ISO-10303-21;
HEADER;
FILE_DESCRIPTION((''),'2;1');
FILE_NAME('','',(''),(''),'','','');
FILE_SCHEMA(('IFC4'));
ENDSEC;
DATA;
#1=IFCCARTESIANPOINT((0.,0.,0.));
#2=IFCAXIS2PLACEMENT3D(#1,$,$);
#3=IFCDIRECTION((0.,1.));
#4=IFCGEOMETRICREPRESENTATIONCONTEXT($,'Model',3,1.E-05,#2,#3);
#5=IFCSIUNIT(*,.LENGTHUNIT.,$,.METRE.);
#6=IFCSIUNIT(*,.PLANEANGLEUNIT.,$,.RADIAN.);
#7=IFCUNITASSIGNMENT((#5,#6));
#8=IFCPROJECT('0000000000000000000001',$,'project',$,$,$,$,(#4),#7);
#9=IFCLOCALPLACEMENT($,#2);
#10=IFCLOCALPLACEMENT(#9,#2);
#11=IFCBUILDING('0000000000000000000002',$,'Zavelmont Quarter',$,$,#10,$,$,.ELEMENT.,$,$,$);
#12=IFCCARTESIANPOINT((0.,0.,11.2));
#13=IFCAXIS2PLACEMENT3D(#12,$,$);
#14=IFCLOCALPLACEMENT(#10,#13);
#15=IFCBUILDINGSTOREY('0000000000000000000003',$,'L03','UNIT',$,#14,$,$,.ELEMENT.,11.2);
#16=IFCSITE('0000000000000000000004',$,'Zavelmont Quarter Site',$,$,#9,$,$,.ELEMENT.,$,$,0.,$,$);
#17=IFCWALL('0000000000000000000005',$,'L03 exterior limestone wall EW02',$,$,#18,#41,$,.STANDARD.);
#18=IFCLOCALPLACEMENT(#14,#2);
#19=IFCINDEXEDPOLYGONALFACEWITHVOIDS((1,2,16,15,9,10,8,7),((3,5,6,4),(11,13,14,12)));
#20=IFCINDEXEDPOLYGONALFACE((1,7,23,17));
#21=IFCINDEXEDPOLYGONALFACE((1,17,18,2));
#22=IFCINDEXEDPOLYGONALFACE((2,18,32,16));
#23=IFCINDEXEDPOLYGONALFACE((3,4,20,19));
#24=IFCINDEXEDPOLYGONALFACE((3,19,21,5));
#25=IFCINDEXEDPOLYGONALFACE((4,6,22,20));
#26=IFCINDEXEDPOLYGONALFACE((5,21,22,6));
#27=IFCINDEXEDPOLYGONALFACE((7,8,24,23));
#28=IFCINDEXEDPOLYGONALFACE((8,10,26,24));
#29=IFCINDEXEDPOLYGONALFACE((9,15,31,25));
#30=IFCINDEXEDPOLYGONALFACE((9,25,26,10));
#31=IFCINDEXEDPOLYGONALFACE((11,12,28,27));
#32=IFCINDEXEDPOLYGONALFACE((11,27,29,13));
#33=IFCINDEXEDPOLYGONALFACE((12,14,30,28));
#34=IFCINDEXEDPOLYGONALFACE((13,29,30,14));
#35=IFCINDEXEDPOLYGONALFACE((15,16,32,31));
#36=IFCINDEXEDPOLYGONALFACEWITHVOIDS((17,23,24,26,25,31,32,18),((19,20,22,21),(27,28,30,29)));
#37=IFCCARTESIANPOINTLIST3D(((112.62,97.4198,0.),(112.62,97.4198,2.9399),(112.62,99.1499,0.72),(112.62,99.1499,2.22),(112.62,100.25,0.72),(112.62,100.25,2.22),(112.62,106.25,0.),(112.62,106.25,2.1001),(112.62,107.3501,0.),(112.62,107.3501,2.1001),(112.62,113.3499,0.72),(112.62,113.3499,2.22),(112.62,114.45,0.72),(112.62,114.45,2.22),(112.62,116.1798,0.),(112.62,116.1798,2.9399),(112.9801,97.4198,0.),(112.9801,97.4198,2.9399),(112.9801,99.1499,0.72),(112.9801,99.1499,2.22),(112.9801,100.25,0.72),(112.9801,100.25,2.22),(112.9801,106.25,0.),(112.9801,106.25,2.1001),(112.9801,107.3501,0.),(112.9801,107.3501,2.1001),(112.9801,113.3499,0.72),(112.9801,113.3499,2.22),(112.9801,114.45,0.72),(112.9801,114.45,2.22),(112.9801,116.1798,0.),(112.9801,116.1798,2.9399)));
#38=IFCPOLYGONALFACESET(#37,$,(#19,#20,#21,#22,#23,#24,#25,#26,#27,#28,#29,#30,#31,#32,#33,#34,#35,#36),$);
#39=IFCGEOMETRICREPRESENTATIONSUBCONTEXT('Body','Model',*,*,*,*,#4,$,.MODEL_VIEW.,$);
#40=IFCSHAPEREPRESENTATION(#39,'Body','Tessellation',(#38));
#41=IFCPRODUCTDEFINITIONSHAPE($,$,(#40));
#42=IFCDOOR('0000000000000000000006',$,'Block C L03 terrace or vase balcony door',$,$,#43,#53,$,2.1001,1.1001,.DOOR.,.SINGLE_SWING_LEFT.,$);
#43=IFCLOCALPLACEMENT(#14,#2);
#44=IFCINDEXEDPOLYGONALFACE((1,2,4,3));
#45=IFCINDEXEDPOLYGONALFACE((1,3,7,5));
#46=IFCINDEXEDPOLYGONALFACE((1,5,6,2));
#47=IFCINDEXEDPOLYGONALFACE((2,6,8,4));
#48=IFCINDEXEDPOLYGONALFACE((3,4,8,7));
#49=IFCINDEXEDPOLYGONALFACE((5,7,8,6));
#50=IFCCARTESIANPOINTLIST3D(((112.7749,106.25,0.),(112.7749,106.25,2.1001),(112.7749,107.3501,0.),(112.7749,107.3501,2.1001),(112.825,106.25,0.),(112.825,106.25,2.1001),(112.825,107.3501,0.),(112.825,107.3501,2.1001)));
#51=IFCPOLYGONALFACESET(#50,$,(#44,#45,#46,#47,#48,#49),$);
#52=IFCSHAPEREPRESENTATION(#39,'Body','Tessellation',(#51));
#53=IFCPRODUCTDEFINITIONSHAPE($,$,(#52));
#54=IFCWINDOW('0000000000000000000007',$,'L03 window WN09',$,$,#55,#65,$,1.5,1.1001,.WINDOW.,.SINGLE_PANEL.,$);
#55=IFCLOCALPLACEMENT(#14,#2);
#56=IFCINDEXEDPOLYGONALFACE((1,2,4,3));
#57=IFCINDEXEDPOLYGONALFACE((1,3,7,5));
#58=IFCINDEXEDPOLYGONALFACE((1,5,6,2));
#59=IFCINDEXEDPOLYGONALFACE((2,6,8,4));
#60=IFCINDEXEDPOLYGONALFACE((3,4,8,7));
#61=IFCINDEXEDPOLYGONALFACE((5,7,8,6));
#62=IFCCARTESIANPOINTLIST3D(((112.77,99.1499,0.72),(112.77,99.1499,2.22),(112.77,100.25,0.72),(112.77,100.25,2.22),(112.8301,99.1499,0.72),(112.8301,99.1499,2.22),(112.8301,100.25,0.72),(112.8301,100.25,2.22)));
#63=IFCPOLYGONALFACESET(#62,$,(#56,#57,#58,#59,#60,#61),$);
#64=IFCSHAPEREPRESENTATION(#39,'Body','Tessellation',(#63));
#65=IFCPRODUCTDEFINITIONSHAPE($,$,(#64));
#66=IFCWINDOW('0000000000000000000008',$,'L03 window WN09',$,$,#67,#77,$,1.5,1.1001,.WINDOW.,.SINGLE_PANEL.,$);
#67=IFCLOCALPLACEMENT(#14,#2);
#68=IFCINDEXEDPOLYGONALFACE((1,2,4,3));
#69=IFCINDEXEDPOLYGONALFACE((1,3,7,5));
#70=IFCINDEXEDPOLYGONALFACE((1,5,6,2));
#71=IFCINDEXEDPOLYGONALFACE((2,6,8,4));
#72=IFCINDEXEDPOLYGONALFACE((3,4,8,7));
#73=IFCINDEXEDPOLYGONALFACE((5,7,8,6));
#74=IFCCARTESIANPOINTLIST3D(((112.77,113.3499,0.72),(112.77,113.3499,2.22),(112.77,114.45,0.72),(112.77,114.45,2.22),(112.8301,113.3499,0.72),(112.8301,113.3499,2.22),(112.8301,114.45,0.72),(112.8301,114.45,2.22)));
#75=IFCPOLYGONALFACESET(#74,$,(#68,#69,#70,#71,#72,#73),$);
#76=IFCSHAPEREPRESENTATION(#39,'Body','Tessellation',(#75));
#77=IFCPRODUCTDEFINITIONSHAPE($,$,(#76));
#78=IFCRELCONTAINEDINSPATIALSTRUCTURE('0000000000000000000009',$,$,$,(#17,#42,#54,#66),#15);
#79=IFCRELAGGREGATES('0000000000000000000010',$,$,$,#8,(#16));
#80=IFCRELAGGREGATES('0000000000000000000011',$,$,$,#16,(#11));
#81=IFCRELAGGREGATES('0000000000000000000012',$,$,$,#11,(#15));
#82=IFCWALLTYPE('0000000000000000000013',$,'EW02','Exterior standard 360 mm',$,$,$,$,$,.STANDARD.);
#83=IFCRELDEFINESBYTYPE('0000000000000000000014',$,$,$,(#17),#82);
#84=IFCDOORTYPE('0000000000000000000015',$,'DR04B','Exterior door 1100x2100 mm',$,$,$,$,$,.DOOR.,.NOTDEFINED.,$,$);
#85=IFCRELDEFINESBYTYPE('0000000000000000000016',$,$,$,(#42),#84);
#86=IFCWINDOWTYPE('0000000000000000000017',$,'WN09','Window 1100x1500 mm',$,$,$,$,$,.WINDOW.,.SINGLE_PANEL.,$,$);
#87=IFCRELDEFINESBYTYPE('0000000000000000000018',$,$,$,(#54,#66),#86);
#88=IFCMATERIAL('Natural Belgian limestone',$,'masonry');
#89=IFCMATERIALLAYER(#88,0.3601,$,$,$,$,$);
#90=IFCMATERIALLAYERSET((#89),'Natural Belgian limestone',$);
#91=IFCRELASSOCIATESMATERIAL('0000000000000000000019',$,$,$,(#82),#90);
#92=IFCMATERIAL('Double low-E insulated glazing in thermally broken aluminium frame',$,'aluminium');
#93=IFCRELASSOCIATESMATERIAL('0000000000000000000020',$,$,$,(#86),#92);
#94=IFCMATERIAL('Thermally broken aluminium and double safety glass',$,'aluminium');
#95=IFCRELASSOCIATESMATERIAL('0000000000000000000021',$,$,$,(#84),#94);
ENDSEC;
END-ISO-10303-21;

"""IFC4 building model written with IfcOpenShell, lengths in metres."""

from ifc_helpers import new_model, si_unit, direction, frame, frame_2d, origin, origin_with_axes, place, context, subcontext, project, spatial, rectangle, extrude, material, layer, layer_set, type_object, element, fill, save


model = new_model("IFC4")

# Units and contexts
model_context = context("Model", 3, precision=1e-05, world=origin(), true_north=direction((0.0, 1.0)))
body_context = subcontext(model_context, "Body", "Model", "MODEL_VIEW")
ifc_project = project(units=[si_unit("LENGTHUNIT", "METRE"), si_unit("PLANEANGLEUNIT", "RADIAN")], contexts=[model_context])

# Site, building, storey
site_placement = place(None, origin())
site = spatial("IfcSite", under=ifc_project, at=site_placement, Name="Zavelmont Quarter Site", CompositionType="ELEMENT", RefElevation=0.0)
building_placement = place(site_placement, origin())
building = spatial("IfcBuilding", under=site, at=building_placement, Name="Zavelmont Quarter", CompositionType="ELEMENT")
storey_placement = place(building_placement, frame((0.0, 0.0, 11.2)))
storey = spatial("IfcBuildingStorey", under=building, at=storey_placement, Name="L03", Description="UNIT", CompositionType="ELEMENT", Elevation=11.2)

# Wall, openings, door, windows
ifc_material_1 = material(Name="Natural Belgian limestone", Category="masonry")
ifc_layer = layer(ifc_material_1, 0.3601)
ifc_layer_set = layer_set([ifc_layer], Name="Natural Belgian limestone")
wall_type = type_object("IfcWallType", Name="EW02", Description="Exterior standard 360 mm", PredefinedType="STANDARD", material=ifc_layer_set)
ifc_material_2 = material(Name="Thermally broken aluminium and double safety glass", Category="aluminium")
ifc_material_3 = material(Name="Double low-E insulated glazing in thermally broken aluminium frame", Category="aluminium")
window_type_1 = type_object("IfcWindowType", Name="WN09", Description="Window 1100x1500 mm", PartitioningType="SINGLE_PANEL", PredefinedType="WINDOW", material=ifc_material_3)
wall_1_placement = place(storey_placement, frame((112.8, 97.4199, 0.0), z_axis=(0.0, 0.0, 1.0), x_axis=(0.0, 1.0, 0.0)))
wall_1 = element("IfcWall", 1, at=wall_1_placement, inside=storey, type_object=wall_type, Name="L03 exterior limestone wall EW02", PredefinedType="STANDARD", context=body_context, shape_type="SweptSolid", body=[
    extrude(rectangle(XDim=18.76, YDim=0.3601, at=frame_2d((9.3799, 0.0))), origin(), (0.0, 0.0, 1.0), 2.9399),
])
opening_1_placement = place(wall_1_placement, frame((8.8301, 0.0, 0.0)))
opening_1 = element("IfcOpeningElement", 2, at=opening_1_placement, cuts=wall_1, PredefinedType="OPENING", context=body_context, shape_type="SweptSolid", body=[
    extrude(rectangle(XDim=1.1001, YDim=2.1001, at=frame_2d((0.55, 1.05))), frame((0.0, 0.1919, 0.0), z_axis=(0.0, -1.0, 0.0), x_axis=(1.0, 0.0, 0.0)), (0.0, 0.0, 1.0), 0.384),
])
opening_2_placement = place(wall_1_placement, frame((1.73, 0.0, 0.72)))
opening_2 = element("IfcOpeningElement", 3, at=opening_2_placement, cuts=wall_1, PredefinedType="OPENING", context=body_context, shape_type="SweptSolid", body=[
    extrude(rectangle(XDim=1.1001, YDim=1.5, at=frame_2d((0.55, 0.75))), frame((0.0, 0.1919, 0.0), z_axis=(0.0, -1.0, 0.0), x_axis=(1.0, 0.0, 0.0)), (0.0, 0.0, 1.0), 0.384),
])
opening_3_placement = place(wall_1_placement, frame((15.9299, 0.0, 0.72)))
opening_3 = element("IfcOpeningElement", 4, at=opening_3_placement, cuts=wall_1, PredefinedType="OPENING", context=body_context, shape_type="SweptSolid", body=[
    extrude(rectangle(XDim=1.1001, YDim=1.5, at=frame_2d((0.55, 0.75))), frame((0.0, 0.1919, 0.0), z_axis=(0.0, -1.0, 0.0), x_axis=(1.0, 0.0, 0.0)), (0.0, 0.0, 1.0), 0.384),
])
door_type_1 = type_object("IfcDoorType", Name="DR04B", Description="Exterior door 1100x2100 mm", OperationType="NOTDEFINED", PredefinedType="DOOR", material=ifc_material_2)
door_1_placement = place(opening_1_placement, frame((1.1001, 0.0, 0.0), z_axis=(0.0, 0.0, 1.0), x_axis=(-1.0, 0.0, 0.0)))
door_1 = element("IfcDoor", 5, at=door_1_placement, inside=storey, type_object=door_type_1, Name="Block C L03 terrace or vase balcony door", OperationType="SINGLE_SWING_LEFT", OverallHeight=2.1001, OverallWidth=1.1001, PredefinedType="DOOR", context=body_context, shape_type="SweptSolid", body=[
    extrude(rectangle(XDim=1.1001, YDim=2.1001, at=frame_2d((0.55, 1.05))), frame((0.0, 0.0249, 0.0), z_axis=(0.0, -1.0, 0.0), x_axis=(1.0, 0.0, 0.0)), (0.0, 0.0, 1.0), 0.05),
])
fill(opening_1, door_1)
window_1_placement = place(opening_2_placement, origin_with_axes())
window_1 = element("IfcWindow", 6, at=window_1_placement, inside=storey, type_object=window_type_1, Name="L03 window WN09", OverallHeight=1.5, OverallWidth=1.1001, PartitioningType="SINGLE_PANEL", PredefinedType="WINDOW", context=body_context, shape_type="SweptSolid", body=[
    extrude(rectangle(XDim=1.1001, YDim=1.5, at=frame_2d((0.55, 0.75))), frame((0.0, 0.03, 0.0), z_axis=(0.0, -1.0, 0.0), x_axis=(1.0, 0.0, 0.0)), (0.0, 0.0, 1.0), 0.0601),
])
fill(opening_2, window_1)
window_2_placement = place(opening_3_placement, origin_with_axes())
window_2 = element("IfcWindow", 7, at=window_2_placement, inside=storey, type_object=window_type_1, Name="L03 window WN09", OverallHeight=1.5, OverallWidth=1.1001, PartitioningType="SINGLE_PANEL", PredefinedType="WINDOW", context=body_context, shape_type="SweptSolid", body=[
    extrude(rectangle(XDim=1.1001, YDim=1.5, at=frame_2d((0.55, 0.75))), frame((0.0, 0.03, 0.0), z_axis=(0.0, -1.0, 0.0), x_axis=(1.0, 0.0, 0.0)), (0.0, 0.0, 1.0), 0.0601),
])
fill(opening_3, window_2)

save(model, "model.ifc")
